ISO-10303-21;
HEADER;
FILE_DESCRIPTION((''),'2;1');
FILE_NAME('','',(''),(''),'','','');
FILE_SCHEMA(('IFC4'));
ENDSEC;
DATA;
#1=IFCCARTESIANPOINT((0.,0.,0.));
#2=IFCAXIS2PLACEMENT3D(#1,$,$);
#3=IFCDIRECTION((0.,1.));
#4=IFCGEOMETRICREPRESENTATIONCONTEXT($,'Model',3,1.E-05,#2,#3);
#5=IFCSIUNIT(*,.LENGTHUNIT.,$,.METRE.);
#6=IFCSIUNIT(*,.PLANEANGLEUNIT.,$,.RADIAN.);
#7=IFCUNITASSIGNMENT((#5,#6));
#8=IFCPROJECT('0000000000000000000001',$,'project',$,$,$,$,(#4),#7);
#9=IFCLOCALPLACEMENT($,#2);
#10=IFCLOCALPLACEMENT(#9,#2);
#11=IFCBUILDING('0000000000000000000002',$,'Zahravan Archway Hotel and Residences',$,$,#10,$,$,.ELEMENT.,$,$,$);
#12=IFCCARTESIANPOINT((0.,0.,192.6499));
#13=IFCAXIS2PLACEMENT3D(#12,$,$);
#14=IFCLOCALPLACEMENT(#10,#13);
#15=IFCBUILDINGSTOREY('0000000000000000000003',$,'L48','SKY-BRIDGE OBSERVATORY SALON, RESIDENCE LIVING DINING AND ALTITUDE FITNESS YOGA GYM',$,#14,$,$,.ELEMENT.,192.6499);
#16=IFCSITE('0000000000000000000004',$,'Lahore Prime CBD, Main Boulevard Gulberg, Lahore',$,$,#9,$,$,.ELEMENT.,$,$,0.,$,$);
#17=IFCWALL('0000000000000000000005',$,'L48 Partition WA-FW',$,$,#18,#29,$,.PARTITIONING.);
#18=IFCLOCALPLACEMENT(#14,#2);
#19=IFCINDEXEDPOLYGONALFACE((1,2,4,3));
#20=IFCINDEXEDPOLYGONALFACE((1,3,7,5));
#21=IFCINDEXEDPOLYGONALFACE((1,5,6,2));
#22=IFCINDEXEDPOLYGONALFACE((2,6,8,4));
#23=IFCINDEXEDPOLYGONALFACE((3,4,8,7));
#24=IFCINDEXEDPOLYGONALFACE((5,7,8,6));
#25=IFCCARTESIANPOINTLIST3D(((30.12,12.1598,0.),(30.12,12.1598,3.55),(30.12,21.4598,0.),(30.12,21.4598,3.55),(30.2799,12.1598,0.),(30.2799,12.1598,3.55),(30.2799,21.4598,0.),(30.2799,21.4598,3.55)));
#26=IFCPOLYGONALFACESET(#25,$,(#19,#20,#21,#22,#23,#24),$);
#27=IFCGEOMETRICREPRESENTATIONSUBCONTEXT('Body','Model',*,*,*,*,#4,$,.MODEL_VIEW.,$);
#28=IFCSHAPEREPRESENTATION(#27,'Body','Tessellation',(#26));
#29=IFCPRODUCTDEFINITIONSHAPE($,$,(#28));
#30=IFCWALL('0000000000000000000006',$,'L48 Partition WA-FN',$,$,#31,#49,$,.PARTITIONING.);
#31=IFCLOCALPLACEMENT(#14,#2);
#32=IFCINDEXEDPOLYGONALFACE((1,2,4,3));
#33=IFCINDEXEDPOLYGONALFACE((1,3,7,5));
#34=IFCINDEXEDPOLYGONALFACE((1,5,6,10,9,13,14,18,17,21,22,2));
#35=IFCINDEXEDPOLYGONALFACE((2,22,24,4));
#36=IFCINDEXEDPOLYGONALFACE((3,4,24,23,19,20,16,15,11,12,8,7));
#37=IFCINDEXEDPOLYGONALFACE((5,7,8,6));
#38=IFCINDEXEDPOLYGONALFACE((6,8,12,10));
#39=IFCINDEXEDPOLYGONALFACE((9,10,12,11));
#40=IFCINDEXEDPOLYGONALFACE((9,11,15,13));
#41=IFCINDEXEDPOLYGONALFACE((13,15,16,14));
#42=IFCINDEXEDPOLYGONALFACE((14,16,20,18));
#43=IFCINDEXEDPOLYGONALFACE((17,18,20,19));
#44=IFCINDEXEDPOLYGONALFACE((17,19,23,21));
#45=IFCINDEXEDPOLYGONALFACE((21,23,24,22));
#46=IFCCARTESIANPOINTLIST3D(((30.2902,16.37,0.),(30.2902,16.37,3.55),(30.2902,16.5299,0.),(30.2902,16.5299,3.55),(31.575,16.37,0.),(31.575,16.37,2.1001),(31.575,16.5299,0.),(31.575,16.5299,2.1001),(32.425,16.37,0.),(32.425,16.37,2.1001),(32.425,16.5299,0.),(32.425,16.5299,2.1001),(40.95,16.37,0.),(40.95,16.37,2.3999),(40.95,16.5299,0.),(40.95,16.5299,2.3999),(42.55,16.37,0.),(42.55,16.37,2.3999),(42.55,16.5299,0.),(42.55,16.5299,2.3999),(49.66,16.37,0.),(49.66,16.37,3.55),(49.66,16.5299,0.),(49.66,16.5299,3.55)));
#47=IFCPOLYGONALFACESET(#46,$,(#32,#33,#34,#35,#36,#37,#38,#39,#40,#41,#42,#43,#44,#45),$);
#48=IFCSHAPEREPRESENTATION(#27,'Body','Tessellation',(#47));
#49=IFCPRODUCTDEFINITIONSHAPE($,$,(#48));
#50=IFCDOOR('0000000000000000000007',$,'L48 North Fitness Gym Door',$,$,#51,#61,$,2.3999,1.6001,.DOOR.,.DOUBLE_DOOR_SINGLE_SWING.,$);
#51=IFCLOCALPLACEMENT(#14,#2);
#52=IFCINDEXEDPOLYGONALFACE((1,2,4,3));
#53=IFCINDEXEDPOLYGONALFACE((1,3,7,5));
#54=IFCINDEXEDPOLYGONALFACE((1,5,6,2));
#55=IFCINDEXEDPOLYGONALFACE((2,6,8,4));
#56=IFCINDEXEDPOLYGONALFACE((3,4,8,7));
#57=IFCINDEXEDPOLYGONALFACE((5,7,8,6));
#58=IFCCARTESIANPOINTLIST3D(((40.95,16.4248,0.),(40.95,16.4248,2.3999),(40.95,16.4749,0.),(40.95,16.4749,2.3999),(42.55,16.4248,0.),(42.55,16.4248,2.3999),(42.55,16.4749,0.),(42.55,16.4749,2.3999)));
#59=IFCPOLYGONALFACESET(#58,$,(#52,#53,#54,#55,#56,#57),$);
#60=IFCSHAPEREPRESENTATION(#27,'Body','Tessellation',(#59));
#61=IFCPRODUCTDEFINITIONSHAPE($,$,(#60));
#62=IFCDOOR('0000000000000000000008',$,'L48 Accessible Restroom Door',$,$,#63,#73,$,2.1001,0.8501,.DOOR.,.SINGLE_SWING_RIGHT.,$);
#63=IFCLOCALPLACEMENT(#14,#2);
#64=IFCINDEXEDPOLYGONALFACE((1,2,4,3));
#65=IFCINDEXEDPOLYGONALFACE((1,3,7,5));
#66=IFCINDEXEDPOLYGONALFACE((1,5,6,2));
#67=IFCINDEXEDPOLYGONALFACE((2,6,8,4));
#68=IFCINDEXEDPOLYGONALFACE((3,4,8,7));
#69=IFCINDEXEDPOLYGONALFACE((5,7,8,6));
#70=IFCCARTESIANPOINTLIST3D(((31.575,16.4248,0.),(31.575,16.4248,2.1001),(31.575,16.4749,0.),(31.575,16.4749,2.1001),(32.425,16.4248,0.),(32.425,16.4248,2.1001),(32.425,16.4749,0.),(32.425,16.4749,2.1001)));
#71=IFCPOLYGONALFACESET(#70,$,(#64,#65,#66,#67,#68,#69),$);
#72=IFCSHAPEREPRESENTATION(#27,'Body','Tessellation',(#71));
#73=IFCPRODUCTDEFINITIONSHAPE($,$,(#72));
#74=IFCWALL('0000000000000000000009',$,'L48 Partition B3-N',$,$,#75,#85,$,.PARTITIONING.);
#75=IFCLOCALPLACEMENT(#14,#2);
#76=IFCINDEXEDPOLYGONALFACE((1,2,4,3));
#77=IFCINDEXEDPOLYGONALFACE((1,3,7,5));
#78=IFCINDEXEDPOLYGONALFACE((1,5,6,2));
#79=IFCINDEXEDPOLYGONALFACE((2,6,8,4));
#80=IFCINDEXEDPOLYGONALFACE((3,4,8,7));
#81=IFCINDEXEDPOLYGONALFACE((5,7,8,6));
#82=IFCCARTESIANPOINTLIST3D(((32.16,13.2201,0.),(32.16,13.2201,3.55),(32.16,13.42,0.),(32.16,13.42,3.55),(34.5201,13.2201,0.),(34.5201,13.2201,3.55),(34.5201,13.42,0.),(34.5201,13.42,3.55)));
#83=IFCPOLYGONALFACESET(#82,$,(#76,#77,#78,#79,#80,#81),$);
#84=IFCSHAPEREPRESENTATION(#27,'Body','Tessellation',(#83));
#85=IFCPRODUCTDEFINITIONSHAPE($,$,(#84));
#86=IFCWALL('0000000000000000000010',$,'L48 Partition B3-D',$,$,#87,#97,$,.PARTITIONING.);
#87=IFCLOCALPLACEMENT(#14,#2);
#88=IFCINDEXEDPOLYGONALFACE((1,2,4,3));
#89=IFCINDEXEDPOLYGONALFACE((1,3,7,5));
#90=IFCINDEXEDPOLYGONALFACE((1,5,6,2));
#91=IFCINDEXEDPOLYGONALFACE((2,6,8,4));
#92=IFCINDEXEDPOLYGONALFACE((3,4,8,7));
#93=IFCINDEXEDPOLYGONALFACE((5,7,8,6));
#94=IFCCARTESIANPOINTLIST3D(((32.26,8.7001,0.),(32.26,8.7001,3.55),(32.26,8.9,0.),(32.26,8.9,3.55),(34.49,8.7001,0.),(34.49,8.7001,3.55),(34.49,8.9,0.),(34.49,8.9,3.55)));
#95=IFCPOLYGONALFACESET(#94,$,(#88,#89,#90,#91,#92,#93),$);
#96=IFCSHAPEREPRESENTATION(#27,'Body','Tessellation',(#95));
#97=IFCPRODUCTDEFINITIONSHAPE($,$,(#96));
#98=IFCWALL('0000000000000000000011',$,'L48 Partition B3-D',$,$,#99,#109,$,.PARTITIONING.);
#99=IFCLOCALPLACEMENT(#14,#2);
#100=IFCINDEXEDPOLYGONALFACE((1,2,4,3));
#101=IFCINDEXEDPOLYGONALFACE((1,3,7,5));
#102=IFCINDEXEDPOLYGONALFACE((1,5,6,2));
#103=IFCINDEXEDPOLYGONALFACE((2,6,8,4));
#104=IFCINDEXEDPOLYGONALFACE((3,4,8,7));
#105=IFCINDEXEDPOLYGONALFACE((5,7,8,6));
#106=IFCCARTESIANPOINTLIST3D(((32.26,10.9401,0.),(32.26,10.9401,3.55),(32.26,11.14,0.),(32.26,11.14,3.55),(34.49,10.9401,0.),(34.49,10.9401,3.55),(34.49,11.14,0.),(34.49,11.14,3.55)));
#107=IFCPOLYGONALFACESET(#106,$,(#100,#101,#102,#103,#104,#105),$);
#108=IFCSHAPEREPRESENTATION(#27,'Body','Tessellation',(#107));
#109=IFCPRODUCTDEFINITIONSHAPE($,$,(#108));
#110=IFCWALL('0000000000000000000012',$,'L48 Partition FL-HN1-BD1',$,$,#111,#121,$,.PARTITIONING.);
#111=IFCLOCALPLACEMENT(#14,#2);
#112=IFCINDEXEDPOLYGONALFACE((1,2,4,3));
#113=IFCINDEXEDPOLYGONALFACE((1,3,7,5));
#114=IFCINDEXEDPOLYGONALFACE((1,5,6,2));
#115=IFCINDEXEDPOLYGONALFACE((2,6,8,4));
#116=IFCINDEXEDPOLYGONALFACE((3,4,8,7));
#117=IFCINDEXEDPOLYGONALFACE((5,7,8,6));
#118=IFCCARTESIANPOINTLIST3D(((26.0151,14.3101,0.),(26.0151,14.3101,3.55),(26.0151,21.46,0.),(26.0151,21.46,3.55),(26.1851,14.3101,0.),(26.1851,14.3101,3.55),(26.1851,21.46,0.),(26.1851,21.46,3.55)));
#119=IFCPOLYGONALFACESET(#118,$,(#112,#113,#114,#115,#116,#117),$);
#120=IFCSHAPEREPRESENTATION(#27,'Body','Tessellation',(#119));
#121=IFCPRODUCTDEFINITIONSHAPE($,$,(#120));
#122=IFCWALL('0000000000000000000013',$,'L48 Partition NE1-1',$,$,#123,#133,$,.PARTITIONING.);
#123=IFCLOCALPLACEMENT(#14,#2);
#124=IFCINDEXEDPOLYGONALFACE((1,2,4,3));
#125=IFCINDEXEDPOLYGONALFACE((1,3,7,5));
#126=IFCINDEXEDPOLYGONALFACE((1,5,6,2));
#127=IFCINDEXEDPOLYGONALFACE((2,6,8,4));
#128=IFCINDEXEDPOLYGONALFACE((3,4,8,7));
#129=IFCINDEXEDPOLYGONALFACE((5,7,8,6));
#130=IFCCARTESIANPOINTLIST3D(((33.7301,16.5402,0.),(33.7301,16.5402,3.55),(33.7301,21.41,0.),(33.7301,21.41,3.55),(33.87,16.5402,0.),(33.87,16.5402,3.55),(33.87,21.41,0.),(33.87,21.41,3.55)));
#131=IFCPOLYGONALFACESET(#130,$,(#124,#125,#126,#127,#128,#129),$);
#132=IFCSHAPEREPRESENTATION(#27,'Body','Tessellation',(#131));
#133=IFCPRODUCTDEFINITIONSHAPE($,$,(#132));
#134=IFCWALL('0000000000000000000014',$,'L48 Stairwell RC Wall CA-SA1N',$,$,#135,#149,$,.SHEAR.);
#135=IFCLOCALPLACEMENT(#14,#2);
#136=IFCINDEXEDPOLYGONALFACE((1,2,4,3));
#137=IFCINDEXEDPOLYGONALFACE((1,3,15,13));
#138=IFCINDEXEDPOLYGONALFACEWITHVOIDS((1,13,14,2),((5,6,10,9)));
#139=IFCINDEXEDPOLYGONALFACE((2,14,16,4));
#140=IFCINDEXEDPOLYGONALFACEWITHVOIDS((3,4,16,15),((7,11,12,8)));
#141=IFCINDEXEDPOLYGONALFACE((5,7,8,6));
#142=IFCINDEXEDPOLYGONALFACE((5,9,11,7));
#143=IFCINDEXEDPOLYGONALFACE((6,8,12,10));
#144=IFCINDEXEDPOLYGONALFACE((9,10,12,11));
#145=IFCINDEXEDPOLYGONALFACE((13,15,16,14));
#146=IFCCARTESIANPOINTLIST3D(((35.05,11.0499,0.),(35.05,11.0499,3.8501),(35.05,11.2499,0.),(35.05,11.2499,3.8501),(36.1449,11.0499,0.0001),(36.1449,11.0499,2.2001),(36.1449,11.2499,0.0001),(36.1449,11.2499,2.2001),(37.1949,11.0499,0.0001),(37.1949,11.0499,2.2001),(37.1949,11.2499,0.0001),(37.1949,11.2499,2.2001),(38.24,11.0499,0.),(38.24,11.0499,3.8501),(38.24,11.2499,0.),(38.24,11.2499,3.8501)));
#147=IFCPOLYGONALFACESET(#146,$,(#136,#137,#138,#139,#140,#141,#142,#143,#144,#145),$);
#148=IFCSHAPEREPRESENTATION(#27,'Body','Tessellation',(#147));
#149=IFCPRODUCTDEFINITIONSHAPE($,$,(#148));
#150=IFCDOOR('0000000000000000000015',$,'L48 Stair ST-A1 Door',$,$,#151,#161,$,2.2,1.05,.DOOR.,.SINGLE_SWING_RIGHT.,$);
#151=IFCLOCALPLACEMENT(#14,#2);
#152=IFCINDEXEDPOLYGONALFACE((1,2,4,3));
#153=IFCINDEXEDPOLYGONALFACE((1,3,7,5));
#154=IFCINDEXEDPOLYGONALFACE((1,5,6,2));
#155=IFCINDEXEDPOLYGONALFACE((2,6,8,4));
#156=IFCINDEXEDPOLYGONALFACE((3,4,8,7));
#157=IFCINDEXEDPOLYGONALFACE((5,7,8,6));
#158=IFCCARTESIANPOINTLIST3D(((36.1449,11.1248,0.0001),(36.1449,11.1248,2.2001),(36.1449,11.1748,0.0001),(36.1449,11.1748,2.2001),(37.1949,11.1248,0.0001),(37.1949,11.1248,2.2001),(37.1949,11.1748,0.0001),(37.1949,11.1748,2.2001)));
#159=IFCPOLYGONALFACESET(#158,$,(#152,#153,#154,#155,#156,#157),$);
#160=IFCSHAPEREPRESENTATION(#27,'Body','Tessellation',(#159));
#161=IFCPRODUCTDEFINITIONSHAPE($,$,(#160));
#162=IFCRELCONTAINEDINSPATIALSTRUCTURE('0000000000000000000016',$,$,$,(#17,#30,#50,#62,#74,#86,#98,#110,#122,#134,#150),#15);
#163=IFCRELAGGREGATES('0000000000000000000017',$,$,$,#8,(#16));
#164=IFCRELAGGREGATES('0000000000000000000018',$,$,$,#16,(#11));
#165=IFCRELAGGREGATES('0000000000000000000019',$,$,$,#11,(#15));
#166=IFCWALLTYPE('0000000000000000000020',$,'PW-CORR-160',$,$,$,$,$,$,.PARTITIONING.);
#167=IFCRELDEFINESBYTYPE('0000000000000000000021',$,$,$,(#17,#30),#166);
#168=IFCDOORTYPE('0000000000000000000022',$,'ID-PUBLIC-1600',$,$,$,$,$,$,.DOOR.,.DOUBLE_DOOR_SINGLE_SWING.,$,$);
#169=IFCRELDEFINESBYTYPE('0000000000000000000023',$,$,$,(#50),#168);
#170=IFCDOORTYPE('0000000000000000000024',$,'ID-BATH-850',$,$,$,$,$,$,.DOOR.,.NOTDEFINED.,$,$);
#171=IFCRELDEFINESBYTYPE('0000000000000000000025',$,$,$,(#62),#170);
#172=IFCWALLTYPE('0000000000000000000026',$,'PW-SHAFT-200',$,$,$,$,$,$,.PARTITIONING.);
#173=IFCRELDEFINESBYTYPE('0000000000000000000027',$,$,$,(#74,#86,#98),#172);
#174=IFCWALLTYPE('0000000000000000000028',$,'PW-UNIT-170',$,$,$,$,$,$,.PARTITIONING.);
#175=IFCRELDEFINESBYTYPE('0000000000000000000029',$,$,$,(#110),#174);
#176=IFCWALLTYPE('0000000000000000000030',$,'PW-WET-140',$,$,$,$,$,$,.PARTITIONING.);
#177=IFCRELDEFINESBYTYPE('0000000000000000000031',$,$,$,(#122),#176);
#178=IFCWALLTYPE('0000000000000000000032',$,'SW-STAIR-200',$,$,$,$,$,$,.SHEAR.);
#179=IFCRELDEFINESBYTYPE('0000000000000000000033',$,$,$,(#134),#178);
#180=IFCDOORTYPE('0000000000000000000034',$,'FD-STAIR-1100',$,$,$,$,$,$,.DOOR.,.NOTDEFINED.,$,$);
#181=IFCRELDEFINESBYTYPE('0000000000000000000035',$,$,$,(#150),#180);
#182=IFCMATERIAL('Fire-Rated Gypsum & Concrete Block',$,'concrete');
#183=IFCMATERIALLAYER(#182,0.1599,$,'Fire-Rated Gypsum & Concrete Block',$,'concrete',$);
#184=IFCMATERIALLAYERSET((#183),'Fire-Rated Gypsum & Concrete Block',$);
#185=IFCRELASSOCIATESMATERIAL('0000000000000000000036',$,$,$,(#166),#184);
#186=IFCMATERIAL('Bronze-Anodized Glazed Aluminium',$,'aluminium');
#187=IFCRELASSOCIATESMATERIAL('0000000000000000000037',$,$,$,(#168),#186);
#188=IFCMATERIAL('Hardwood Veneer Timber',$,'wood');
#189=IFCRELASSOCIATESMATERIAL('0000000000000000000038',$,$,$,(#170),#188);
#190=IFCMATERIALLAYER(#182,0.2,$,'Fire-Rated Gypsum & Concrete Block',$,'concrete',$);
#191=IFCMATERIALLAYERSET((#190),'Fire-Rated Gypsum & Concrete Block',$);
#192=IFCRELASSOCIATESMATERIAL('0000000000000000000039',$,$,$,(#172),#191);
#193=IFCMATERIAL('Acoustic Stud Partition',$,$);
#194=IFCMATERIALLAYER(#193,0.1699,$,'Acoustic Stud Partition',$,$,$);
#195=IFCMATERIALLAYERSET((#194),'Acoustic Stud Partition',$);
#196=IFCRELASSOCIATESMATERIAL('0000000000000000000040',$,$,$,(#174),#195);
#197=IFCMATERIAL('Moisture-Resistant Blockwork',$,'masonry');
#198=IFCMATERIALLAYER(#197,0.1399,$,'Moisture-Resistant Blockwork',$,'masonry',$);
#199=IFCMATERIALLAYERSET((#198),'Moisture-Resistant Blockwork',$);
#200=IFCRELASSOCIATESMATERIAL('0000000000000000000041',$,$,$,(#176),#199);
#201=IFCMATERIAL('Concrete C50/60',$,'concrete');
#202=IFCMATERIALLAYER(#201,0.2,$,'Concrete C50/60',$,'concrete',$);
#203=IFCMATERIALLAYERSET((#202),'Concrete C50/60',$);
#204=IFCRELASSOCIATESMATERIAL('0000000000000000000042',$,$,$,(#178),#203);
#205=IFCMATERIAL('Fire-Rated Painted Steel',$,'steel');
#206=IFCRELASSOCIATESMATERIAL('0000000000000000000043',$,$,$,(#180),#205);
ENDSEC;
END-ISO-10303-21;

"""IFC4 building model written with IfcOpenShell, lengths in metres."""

from ifc_helpers import new_model, si_unit, direction, frame, frame_2d, origin, place, context, subcontext, project, spatial, rectangle, extrude, source, transform, mapped, material, layer, layer_set, type_object, type_shapes, element, fill, save


model = new_model("IFC4")

# Units and contexts
model_context = context("Model", 3, precision=1e-05, world=origin(), true_north=direction((0.0, 1.0)))
body_context = subcontext(model_context, "Body", "Model", "MODEL_VIEW")
ifc_project = project(units=[si_unit("LENGTHUNIT", "METRE"), si_unit("PLANEANGLEUNIT", "RADIAN")], contexts=[model_context])

# Site, building, storey
site_placement = place(None, origin())
site = spatial("IfcSite", under=ifc_project, at=site_placement, Name="Lahore Prime CBD, Main Boulevard Gulberg, Lahore", CompositionType="ELEMENT", RefElevation=0.0)
building_placement = place(site_placement, origin())
building = spatial("IfcBuilding", under=site, at=building_placement, Name="Zahravan Archway Hotel and Residences", CompositionType="ELEMENT")
storey_placement = place(building_placement, frame((0.0, 0.0, 192.6499)))
storey = spatial("IfcBuildingStorey", under=building, at=storey_placement, Name="L48", Description="SKY-BRIDGE OBSERVATORY SALON, RESIDENCE LIVING DINING AND ALTITUDE FITNESS YOGA GYM", CompositionType="ELEMENT", Elevation=192.6499)

# Shared definitions
ifc_material_1 = material(Name="Fire-Rated Painted Steel", Category="steel")

# Wall
ifc_material_2 = material(Name="Fire-Rated Gypsum & Concrete Block", Category="concrete")
ifc_layer_1 = layer(ifc_material_2, 0.1599, Name="Fire-Rated Gypsum & Concrete Block", Category="concrete")
ifc_layer_set_1 = layer_set([ifc_layer_1], Name="Fire-Rated Gypsum & Concrete Block")
wall_type_1 = type_object("IfcWallType", Name="PW-CORR-160", PredefinedType="PARTITIONING", material=ifc_layer_set_1)
wall_1_placement = place(storey_placement, frame((30.2, 12.1599, 0.0), z_axis=(0.0, 0.0, 1.0), x_axis=(0.0, 1.0, 0.0)))
element("IfcWall", 1, at=wall_1_placement, inside=storey, type_object=wall_type_1, Name="L48 Partition WA-FW", PredefinedType="PARTITIONING", context=body_context, shape_type="SweptSolid", body=[
    extrude(rectangle(XDim=9.3, YDim=0.1599, at=frame_2d((4.6499, 0.0))), origin(), (0.0, 0.0, 1.0), 3.55),
])

# Wall, openings, doors
wall_2_placement = place(storey_placement, frame((30.29, 16.45, 0.0), z_axis=(0.0, 0.0, 1.0), x_axis=(1.0, 0.0, 0.0)))
wall_2 = element("IfcWall", 2, at=wall_2_placement, inside=storey, type_object=wall_type_1, Name="L48 Partition WA-FN", PredefinedType="PARTITIONING", context=body_context, shape_type="SweptSolid", body=[
    extrude(rectangle(XDim=19.3699, YDim=0.1599, at=frame_2d((9.6851, 0.0))), origin(), (0.0, 0.0, 1.0), 3.55),
])
opening_1_placement = place(wall_2_placement, frame((1.2849, 0.0, 0.0)))
opening_1 = element("IfcOpeningElement", 3, at=opening_1_placement, cuts=wall_2, PredefinedType="OPENING", context=body_context, shape_type="SweptSolid", body=[
    extrude(rectangle(XDim=0.8501, YDim=2.1001, at=frame_2d((0.425, 1.05))), frame((0.0, 0.0898, 0.0), z_axis=(0.0, -1.0, 0.0), x_axis=(1.0, 0.0, 0.0)), (0.0, 0.0, 1.0), 0.1799),
])
opening_2_placement = place(wall_2_placement, frame((10.6599, 0.0, 0.0)))
opening_2 = element("IfcOpeningElement", 4, at=opening_2_placement, cuts=wall_2, PredefinedType="OPENING", context=body_context, shape_type="SweptSolid", body=[
    extrude(rectangle(XDim=1.6001, YDim=2.3999, at=frame_2d((0.8, 1.2))), frame((0.0, 0.0898, 0.0), z_axis=(0.0, -1.0, 0.0), x_axis=(1.0, 0.0, 0.0)), (0.0, 0.0, 1.0), 0.1799),
])
ifc_material_3 = material(Name="Bronze-Anodized Glazed Aluminium", Category="aluminium")
door_type_1 = type_object("IfcDoorType", Name="ID-PUBLIC-1600", OperationType="DOUBLE_DOOR_SINGLE_SWING", PredefinedType="DOOR", material=ifc_material_3)
shared_shape_1 = source(origin(), body_context, "Body", "SweptSolid", [
    extrude(rectangle(XDim=1.6001, YDim=2.3999, at=frame_2d((0.8, 1.2))), frame((0.0, 0.0249, 0.0), z_axis=(0.0, -1.0, 0.0), x_axis=(1.0, 0.0, 0.0)), (0.0, 0.0, 1.0), 0.05),
])
type_shapes(door_type_1, [shared_shape_1])
door_1_placement = place(opening_2_placement, origin())
door_1 = element("IfcDoor", 5, at=door_1_placement, inside=storey, type_object=door_type_1, Name="L48 North Fitness Gym Door", OperationType="DOUBLE_DOOR_SINGLE_SWING", OverallHeight=2.3999, OverallWidth=1.6001, PredefinedType="DOOR", context=body_context, shape_type="MappedRepresentation", body=[
    mapped(shared_shape_1, transform((0.0, 0.0, 0.0), scale=1.0)),
])
fill(opening_2, door_1)
ifc_material_4 = material(Name="Hardwood Veneer Timber", Category="wood")
door_type_2 = type_object("IfcDoorType", Name="ID-BATH-850", OperationType="NOTDEFINED", PredefinedType="DOOR", material=ifc_material_4)
shared_shape_2 = source(origin(), body_context, "Body", "SweptSolid", [
    extrude(rectangle(XDim=0.8501, YDim=2.1001, at=frame_2d((0.425, 1.05))), frame((0.0, 0.0249, 0.0), z_axis=(0.0, -1.0, 0.0), x_axis=(1.0, 0.0, 0.0)), (0.0, 0.0, 1.0), 0.05),
])
type_shapes(door_type_2, [shared_shape_2])
door_2_placement = place(opening_1_placement, origin())
door_2 = element("IfcDoor", 6, at=door_2_placement, inside=storey, type_object=door_type_2, Name="L48 Accessible Restroom Door", OperationType="SINGLE_SWING_RIGHT", OverallHeight=2.1001, OverallWidth=0.8501, PredefinedType="DOOR", context=body_context, shape_type="MappedRepresentation", body=[
    mapped(shared_shape_2, transform((0.0, 0.0, 0.0), scale=1.0)),
])
fill(opening_1, door_2)

# Walls
ifc_layer_2 = layer(ifc_material_2, 0.2, Name="Fire-Rated Gypsum & Concrete Block", Category="concrete")
ifc_layer_set_2 = layer_set([ifc_layer_2], Name="Fire-Rated Gypsum & Concrete Block")
wall_type_2 = type_object("IfcWallType", Name="PW-SHAFT-200", PredefinedType="PARTITIONING", material=ifc_layer_set_2)
wall_3_placement = place(storey_placement, frame((32.1599, 13.3201, 0.0), z_axis=(0.0, 0.0, 1.0), x_axis=(1.0, 0.0, 0.0)))
element("IfcWall", 7, at=wall_3_placement, inside=storey, type_object=wall_type_2, Name="L48 Partition B3-N", PredefinedType="PARTITIONING", context=body_context, shape_type="SweptSolid", body=[
    extrude(rectangle(XDim=2.3601, YDim=0.2, at=frame_2d((1.1802, 0.0))), origin(), (0.0, 0.0, 1.0), 3.55),
])
for number, where, z_axis, x_axis, name in (
    (8, (32.26, 8.8, 0.0), (0.0, 0.0, 1.0), (1.0, 0.0, 0.0), "L48 Partition B3-D"),
    (9, (32.26, 11.04, 0.0), (0.0, 0.0, 1.0), (1.0, 0.0, 0.0), "L48 Partition B3-D"),
):
    element("IfcWall", number, at=place(storey_placement, frame(where, z_axis=z_axis, x_axis=x_axis)), inside=storey, type_object=wall_type_2, Name=name, PredefinedType="PARTITIONING", context=body_context, shape_type="SweptSolid", body=[
        extrude(rectangle(XDim=2.23, YDim=0.2, at=frame_2d((1.115, 0.0))), origin(), (0.0, 0.0, 1.0), 3.55),
    ])
ifc_material_5 = material(Name="Acoustic Stud Partition")
ifc_layer_3 = layer(ifc_material_5, 0.1699, Name="Acoustic Stud Partition")
ifc_layer_set_3 = layer_set([ifc_layer_3], Name="Acoustic Stud Partition")
wall_type_3 = type_object("IfcWallType", Name="PW-UNIT-170", PredefinedType="PARTITIONING", material=ifc_layer_set_3)
wall_4_placement = place(storey_placement, frame((26.1001, 14.3101, 0.0), z_axis=(0.0, 0.0, 1.0), x_axis=(0.0, 1.0, 0.0)))
element("IfcWall", 10, at=wall_4_placement, inside=storey, type_object=wall_type_3, Name="L48 Partition FL-HN1-BD1", PredefinedType="PARTITIONING", context=body_context, shape_type="SweptSolid", body=[
    extrude(rectangle(XDim=7.1499, YDim=0.1699, at=frame_2d((3.575, 0.0))), origin(), (0.0, 0.0, 1.0), 3.55),
])
ifc_material_6 = material(Name="Moisture-Resistant Blockwork", Category="masonry")
ifc_layer_4 = layer(ifc_material_6, 0.1399, Name="Moisture-Resistant Blockwork", Category="masonry")
ifc_layer_set_4 = layer_set([ifc_layer_4], Name="Moisture-Resistant Blockwork")
wall_type_4 = type_object("IfcWallType", Name="PW-WET-140", PredefinedType="PARTITIONING", material=ifc_layer_set_4)
wall_5_placement = place(storey_placement, frame((33.8, 16.54, 0.0), z_axis=(0.0, 0.0, 1.0), x_axis=(0.0, 1.0, 0.0)))
element("IfcWall", 11, at=wall_5_placement, inside=storey, type_object=wall_type_4, Name="L48 Partition NE1-1", PredefinedType="PARTITIONING", context=body_context, shape_type="SweptSolid", body=[
    extrude(rectangle(XDim=4.8699, YDim=0.1399, at=frame_2d((2.4351, 0.0))), origin(), (0.0, 0.0, 1.0), 3.55),
])

# Wall, opening, door
ifc_material_7 = material(Name="Concrete C50/60", Category="concrete")
ifc_layer_5 = layer(ifc_material_7, 0.2, Name="Concrete C50/60", Category="concrete")
ifc_layer_set_5 = layer_set([ifc_layer_5], Name="Concrete C50/60")
wall_type_5 = type_object("IfcWallType", Name="SW-STAIR-200", PredefinedType="SHEAR", material=ifc_layer_set_5)
wall_6_placement = place(storey_placement, frame((35.05, 11.1499, 0.0), z_axis=(0.0, 0.0, 1.0), x_axis=(1.0, 0.0, 0.0)))
wall_6 = element("IfcWall", 12, at=wall_6_placement, inside=storey, type_object=wall_type_5, Name="L48 Stairwell RC Wall CA-SA1N", PredefinedType="SHEAR", context=body_context, shape_type="SweptSolid", body=[
    extrude(rectangle(XDim=3.1899, YDim=0.2, at=frame_2d((1.595, 0.0))), origin(), (0.0, 0.0, 1.0), 3.8501),
])
opening_3_placement = place(wall_6_placement, frame((1.095, 0.0, 0.0)))
opening_3 = element("IfcOpeningElement", 13, at=opening_3_placement, cuts=wall_6, PredefinedType="OPENING", context=body_context, shape_type="SweptSolid", body=[
    extrude(rectangle(XDim=1.05, YDim=2.2, at=frame_2d((0.5249, 1.1001))), frame((0.0, 0.1099, 0.0), z_axis=(0.0, -1.0, 0.0), x_axis=(1.0, 0.0, 0.0)), (0.0, 0.0, 1.0), 0.22),
])
door_type_3 = type_object("IfcDoorType", Name="FD-STAIR-1100", OperationType="NOTDEFINED", PredefinedType="DOOR", material=ifc_material_1)
shared_shape_3 = source(origin(), body_context, "Body", "SweptSolid", [
    extrude(rectangle(XDim=1.05, YDim=2.2, at=frame_2d((0.5249, 1.1001))), frame((0.0, 0.0249, 0.0), z_axis=(0.0, -1.0, 0.0), x_axis=(1.0, 0.0, 0.0)), (0.0, 0.0, 1.0), 0.05),
])
type_shapes(door_type_3, [shared_shape_3])
door_3_placement = place(opening_3_placement, origin())
door_3 = element("IfcDoor", 14, at=door_3_placement, inside=storey, type_object=door_type_3, Name="L48 Stair ST-A1 Door", OperationType="SINGLE_SWING_RIGHT", OverallHeight=2.2, OverallWidth=1.05, PredefinedType="DOOR", context=body_context, shape_type="MappedRepresentation", body=[
    mapped(shared_shape_3, transform((0.0, 0.0, 0.0), scale=1.0)),
])
fill(opening_3, door_3)

save(model, "model.ifc")
